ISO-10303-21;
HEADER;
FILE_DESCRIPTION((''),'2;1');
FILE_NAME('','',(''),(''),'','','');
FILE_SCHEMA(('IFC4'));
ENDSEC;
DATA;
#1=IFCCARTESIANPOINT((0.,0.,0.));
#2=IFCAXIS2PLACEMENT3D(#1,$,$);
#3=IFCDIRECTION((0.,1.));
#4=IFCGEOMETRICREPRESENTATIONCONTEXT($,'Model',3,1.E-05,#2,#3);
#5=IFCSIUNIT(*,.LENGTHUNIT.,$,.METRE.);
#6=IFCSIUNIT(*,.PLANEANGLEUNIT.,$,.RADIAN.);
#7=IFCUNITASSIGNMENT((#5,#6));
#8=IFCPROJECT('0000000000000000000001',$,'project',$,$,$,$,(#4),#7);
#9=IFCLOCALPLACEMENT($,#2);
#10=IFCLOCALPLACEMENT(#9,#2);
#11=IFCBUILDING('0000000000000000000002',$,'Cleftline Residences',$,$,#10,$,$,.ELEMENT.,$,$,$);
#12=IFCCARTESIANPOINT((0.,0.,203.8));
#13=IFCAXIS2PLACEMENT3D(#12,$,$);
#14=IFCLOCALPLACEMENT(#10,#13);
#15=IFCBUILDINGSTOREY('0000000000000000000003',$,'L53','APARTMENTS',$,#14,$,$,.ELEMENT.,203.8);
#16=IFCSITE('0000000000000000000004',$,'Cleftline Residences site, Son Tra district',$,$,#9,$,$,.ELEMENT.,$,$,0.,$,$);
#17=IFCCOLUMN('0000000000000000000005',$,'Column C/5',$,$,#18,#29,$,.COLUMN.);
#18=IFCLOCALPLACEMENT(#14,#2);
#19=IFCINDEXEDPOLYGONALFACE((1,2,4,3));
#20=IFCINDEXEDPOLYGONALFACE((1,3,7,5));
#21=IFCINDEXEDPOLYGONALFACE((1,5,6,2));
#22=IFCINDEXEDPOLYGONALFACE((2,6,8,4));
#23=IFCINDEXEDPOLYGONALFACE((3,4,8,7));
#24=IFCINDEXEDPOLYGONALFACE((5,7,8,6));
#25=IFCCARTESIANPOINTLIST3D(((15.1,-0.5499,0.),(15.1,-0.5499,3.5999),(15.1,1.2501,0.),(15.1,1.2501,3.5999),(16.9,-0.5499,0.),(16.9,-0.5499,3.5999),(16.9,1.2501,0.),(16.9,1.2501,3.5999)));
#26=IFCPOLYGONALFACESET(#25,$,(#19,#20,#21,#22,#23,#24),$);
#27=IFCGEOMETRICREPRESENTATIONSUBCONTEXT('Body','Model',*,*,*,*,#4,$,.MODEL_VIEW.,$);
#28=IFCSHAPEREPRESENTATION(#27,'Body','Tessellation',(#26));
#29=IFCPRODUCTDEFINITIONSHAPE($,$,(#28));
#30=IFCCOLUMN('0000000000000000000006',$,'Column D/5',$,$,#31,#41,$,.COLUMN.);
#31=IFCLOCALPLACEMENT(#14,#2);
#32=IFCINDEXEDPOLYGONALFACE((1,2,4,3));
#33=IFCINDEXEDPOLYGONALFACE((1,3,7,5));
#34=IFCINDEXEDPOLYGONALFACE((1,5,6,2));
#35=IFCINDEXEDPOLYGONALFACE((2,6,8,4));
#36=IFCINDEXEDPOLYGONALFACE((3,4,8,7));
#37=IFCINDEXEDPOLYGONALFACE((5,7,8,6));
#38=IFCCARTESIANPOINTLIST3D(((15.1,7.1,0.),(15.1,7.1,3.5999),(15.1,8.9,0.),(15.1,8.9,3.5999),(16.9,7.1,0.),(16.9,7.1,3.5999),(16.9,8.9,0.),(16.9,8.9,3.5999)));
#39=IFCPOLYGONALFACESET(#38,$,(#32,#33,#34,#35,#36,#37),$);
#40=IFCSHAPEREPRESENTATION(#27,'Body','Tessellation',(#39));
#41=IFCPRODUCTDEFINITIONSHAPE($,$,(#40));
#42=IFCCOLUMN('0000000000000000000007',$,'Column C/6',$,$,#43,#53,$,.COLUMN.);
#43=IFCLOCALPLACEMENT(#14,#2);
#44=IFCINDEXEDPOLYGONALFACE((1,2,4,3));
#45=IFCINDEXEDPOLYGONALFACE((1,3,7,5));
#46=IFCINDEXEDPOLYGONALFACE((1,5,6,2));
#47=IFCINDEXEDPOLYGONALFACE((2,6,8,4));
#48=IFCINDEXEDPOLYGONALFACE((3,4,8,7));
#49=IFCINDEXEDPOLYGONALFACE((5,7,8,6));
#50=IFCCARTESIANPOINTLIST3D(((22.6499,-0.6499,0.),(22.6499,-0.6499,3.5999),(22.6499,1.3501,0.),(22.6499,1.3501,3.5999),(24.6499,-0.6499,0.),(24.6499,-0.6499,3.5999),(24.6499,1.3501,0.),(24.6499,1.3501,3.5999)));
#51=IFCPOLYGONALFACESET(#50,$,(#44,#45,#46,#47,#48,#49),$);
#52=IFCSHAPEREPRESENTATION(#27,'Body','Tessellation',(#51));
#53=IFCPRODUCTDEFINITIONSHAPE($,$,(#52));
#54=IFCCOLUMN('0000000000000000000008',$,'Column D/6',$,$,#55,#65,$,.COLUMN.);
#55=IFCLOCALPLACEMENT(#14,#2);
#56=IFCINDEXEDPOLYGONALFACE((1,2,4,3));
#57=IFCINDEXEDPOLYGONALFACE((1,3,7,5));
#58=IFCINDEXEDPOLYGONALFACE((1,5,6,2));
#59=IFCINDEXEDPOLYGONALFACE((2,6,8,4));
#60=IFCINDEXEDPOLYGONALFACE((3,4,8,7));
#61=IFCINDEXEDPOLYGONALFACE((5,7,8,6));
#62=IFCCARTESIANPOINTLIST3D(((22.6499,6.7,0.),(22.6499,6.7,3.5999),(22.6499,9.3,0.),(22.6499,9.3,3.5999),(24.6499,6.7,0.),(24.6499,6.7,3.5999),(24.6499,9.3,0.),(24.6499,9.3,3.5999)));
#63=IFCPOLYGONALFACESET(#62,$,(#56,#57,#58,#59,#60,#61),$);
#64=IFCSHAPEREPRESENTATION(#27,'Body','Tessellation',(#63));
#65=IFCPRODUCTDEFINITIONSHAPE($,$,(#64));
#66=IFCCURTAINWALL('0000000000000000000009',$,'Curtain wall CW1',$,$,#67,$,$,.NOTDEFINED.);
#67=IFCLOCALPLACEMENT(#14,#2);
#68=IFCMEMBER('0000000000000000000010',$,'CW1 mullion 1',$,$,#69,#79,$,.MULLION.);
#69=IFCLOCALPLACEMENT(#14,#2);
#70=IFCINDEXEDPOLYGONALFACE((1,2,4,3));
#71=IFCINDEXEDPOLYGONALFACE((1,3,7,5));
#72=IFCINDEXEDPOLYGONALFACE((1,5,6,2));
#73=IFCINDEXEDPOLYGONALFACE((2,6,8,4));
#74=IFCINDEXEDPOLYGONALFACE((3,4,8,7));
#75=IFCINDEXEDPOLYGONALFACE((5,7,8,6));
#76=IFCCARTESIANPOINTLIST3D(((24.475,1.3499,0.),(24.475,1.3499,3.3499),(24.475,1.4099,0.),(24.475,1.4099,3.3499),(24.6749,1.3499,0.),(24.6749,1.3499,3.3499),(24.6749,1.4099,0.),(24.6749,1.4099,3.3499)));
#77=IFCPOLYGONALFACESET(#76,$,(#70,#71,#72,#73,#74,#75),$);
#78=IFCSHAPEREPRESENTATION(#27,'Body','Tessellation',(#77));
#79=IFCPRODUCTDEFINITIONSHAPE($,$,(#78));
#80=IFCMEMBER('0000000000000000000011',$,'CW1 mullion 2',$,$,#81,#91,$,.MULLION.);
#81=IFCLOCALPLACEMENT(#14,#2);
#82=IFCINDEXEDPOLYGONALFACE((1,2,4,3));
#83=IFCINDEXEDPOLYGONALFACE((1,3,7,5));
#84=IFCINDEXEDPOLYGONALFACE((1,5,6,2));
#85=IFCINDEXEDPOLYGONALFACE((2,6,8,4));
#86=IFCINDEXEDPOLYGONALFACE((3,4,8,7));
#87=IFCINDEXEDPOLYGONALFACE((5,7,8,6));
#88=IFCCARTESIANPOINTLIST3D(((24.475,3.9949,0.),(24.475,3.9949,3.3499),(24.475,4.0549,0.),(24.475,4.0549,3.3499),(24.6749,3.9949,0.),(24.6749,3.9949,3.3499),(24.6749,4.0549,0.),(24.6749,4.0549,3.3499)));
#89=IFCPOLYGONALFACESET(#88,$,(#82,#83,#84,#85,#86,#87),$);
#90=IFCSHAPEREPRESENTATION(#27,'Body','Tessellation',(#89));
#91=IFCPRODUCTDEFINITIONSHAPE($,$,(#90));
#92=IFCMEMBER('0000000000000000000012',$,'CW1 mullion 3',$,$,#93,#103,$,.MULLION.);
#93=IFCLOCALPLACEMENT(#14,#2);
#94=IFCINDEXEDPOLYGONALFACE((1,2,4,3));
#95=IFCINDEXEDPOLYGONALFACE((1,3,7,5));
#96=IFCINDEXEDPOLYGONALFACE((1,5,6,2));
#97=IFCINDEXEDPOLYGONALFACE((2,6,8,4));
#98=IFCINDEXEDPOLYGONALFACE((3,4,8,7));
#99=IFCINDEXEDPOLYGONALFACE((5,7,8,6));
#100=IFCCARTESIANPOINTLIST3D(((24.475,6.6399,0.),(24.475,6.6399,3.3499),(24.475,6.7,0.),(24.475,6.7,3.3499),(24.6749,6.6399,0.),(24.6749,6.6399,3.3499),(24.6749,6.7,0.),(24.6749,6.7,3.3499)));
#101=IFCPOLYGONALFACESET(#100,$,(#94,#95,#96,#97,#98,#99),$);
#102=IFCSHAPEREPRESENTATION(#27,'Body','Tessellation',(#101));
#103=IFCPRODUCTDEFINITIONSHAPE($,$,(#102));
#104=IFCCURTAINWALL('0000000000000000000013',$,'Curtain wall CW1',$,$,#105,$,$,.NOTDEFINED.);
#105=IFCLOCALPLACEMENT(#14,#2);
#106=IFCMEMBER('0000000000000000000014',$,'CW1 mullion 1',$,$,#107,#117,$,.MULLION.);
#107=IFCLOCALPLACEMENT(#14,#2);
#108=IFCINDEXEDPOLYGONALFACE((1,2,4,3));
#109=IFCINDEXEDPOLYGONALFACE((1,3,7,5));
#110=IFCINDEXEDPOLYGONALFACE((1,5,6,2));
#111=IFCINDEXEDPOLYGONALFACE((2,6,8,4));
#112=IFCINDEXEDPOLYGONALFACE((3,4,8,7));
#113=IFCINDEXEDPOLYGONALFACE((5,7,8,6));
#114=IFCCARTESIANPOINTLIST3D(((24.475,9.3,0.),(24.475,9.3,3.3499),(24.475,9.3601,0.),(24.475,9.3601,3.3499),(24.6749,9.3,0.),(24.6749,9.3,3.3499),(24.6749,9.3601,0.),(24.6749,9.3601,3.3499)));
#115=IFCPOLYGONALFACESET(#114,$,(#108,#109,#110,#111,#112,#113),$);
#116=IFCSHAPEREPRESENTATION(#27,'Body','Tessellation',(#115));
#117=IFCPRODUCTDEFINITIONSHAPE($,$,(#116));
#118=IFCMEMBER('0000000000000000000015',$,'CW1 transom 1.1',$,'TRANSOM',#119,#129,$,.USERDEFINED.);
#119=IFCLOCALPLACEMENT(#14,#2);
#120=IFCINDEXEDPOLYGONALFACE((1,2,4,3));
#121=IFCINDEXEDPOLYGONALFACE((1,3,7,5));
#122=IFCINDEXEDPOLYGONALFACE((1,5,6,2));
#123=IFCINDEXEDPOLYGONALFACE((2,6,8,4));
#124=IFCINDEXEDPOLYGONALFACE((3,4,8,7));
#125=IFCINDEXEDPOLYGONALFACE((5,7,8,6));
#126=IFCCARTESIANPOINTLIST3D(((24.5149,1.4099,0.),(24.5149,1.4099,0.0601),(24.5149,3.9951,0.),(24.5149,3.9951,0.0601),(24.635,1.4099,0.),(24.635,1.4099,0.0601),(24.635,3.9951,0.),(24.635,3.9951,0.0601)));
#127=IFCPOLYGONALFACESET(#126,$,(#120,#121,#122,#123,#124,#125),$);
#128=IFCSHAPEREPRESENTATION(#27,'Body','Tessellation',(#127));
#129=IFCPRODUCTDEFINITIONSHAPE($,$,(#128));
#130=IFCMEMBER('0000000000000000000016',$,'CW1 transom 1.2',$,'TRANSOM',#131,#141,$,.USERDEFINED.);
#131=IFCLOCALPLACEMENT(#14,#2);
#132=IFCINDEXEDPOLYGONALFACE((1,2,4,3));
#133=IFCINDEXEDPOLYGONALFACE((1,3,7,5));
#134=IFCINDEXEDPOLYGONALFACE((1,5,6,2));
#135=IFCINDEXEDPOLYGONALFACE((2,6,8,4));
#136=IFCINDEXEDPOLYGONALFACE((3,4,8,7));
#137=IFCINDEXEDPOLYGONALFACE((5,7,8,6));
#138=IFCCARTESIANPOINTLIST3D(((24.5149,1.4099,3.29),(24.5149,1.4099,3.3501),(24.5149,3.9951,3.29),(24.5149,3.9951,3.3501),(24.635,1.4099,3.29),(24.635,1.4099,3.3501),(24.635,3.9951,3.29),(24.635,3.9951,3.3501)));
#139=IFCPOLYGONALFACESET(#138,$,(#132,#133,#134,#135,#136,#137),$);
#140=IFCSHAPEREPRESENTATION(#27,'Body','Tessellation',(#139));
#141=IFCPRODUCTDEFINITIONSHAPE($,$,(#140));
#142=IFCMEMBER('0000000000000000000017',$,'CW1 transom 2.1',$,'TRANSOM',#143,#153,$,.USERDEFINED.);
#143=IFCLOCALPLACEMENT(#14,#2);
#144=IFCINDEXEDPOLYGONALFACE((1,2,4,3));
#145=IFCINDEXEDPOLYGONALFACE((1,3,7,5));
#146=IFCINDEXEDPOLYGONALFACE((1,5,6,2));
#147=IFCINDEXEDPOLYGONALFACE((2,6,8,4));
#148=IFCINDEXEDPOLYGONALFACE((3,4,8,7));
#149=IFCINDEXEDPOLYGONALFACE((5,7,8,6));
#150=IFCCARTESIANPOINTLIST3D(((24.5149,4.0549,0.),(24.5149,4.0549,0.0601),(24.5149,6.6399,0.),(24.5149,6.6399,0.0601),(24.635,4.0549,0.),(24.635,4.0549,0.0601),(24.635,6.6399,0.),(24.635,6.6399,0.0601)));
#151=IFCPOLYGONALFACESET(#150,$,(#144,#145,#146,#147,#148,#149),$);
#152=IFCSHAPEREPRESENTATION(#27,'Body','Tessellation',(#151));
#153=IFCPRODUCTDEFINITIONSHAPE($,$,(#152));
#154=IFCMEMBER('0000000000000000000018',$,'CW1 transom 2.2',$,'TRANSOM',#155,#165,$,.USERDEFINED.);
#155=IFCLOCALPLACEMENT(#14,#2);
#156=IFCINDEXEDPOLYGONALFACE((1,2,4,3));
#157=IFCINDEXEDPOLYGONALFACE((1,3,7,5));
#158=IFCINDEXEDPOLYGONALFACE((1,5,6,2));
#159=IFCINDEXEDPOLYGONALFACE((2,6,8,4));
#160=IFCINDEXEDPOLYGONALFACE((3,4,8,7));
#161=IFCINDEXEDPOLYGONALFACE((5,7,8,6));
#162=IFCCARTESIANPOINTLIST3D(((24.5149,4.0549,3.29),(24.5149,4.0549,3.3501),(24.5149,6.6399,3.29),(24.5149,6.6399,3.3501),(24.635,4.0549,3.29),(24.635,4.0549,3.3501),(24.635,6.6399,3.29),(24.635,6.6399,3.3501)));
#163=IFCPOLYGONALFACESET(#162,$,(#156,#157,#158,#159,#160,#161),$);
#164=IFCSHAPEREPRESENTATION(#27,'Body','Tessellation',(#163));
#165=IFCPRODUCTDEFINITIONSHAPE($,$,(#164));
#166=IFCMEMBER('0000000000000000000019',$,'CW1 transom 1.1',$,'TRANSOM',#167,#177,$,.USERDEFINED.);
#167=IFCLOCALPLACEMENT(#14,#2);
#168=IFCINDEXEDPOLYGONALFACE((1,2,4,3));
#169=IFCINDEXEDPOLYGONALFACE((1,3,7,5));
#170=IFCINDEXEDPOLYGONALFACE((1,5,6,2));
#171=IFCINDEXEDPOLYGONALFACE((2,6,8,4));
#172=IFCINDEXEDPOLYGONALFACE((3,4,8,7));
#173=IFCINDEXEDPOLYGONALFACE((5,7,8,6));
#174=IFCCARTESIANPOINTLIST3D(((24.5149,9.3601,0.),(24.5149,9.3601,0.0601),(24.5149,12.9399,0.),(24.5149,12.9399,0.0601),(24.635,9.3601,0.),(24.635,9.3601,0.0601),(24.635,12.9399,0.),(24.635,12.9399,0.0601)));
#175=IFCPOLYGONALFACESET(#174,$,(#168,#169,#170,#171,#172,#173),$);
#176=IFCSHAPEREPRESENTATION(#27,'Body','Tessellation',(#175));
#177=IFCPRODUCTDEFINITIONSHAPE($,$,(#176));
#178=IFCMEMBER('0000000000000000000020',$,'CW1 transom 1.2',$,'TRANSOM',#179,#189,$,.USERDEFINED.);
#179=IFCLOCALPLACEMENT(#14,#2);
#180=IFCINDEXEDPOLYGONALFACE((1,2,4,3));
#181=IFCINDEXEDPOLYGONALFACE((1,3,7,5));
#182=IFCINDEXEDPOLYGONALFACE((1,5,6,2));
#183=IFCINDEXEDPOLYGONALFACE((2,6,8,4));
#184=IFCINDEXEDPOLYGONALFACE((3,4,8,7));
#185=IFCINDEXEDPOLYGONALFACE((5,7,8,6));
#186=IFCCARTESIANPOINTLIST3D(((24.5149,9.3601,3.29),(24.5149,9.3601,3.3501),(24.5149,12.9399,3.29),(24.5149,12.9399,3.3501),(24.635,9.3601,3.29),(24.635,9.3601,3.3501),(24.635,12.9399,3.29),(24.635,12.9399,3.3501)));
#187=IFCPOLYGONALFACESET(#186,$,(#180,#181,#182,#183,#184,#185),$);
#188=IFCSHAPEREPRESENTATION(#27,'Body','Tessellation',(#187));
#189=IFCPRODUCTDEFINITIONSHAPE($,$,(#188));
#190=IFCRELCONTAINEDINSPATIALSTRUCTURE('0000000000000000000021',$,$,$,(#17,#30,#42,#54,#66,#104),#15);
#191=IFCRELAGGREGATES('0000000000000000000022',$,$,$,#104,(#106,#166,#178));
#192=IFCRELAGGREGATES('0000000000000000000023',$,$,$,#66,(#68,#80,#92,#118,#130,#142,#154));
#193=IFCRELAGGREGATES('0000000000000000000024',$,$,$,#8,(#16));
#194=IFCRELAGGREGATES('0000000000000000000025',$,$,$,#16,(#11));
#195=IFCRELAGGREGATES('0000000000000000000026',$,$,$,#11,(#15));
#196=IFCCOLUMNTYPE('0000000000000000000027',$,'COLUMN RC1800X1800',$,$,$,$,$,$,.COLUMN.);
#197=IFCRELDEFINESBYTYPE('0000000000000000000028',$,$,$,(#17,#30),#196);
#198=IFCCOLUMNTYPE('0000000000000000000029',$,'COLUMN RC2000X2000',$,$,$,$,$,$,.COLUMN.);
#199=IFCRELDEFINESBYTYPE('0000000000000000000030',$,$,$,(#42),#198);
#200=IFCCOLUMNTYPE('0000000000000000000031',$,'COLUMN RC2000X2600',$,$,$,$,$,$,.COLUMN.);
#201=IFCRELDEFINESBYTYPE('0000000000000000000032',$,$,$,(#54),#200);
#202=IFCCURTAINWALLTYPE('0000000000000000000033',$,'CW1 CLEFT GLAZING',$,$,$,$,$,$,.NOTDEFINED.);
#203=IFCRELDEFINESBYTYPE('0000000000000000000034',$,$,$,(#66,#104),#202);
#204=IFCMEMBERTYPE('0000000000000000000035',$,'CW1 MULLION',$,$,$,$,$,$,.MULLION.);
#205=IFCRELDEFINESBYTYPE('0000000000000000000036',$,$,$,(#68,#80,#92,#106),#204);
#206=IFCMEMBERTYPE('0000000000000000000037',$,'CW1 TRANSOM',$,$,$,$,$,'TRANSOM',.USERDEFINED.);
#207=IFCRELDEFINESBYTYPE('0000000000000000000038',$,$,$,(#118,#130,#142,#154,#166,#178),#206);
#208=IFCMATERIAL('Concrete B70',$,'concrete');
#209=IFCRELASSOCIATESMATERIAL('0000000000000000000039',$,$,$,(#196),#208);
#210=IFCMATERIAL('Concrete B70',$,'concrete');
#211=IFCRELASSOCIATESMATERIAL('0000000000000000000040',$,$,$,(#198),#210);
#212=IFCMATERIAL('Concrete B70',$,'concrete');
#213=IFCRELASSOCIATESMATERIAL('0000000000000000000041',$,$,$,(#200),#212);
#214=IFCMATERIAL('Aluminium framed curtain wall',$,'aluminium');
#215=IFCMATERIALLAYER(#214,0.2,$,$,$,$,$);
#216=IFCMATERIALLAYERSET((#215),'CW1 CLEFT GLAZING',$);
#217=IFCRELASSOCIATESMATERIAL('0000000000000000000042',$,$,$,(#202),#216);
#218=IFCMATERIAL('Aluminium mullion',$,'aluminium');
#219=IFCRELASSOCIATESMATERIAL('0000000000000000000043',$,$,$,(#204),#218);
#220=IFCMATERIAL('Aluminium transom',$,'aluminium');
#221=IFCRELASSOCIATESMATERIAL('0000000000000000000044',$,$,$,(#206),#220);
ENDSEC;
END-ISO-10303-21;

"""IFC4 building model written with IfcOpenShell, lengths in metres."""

from ifc_helpers import new_model, si_unit, direction, frame, origin, origin_2d, place, context, subcontext, project, spatial, rectangle, extrude, material, layer, layer_set, material_profile, profile_set, type_object, element, aggregate, save


model = new_model("IFC4")

# Units and contexts
model_context = context("Model", 3, precision=1e-05, world=origin(), true_north=direction((0.0, 1.0)))
body_context = subcontext(model_context, "Body", "Model", "MODEL_VIEW")
ifc_project = project(units=[si_unit("LENGTHUNIT", "METRE"), si_unit("PLANEANGLEUNIT", "RADIAN")], contexts=[model_context])

# Site, building, storey
site_placement = place(None, origin())
site = spatial("IfcSite", under=ifc_project, at=site_placement, Name="Cleftline Residences site, Son Tra district", CompositionType="ELEMENT", RefElevation=0.0)
building_placement = place(site_placement, origin())
building = spatial("IfcBuilding", under=site, at=building_placement, Name="Cleftline Residences", CompositionType="ELEMENT")
storey_placement = place(building_placement, frame((0.0, 0.0, 203.8)))
storey = spatial("IfcBuildingStorey", under=building, at=storey_placement, Name="L53", Description="APARTMENTS", CompositionType="ELEMENT", Elevation=203.8)

# Columns
ifc_material_1 = material(Name="Concrete B70", Category="concrete")
ifc_material_profile_1 = material_profile(ifc_material_1, rectangle(XDim=1.8, YDim=1.8, at=origin_2d()))
ifc_profile_set_1 = profile_set([ifc_material_profile_1], Name="Concrete B70")
column_type_1 = type_object("IfcColumnType", Name="COLUMN RC1800X1800", PredefinedType="COLUMN", material=ifc_profile_set_1)
for number, where, z_axis, x_axis, name in (
    (1, (16.0, 0.3501, 0.0), (0.0, 0.0, 1.0), (1.0, 0.0, 0.0), "Column C/5"),
    (2, (16.0, 8.0, 0.0), (0.0, 0.0, 1.0), (1.0, 0.0, 0.0), "Column D/5"),
):
    element("IfcColumn", number, at=place(storey_placement, frame(where, z_axis=z_axis, x_axis=x_axis)), inside=storey, type_object=column_type_1, Name=name, PredefinedType="COLUMN", context=body_context, shape_type="SweptSolid", body=[
        extrude(rectangle(XDim=1.8, YDim=1.8, at=origin_2d()), origin(), (0.0, 0.0, 1.0), 3.5999),
    ])
ifc_material_2 = material(Name="Concrete B70", Category="concrete")
ifc_material_profile_2 = material_profile(ifc_material_2, rectangle(XDim=2.0, YDim=2.0, at=origin_2d()))
ifc_profile_set_2 = profile_set([ifc_material_profile_2], Name="Concrete B70")
column_type_2 = type_object("IfcColumnType", Name="COLUMN RC2000X2000", PredefinedType="COLUMN", material=ifc_profile_set_2)
column_1_placement = place(storey_placement, frame((23.6499, 0.3501, 0.0), z_axis=(0.0, 0.0, 1.0), x_axis=(1.0, 0.0, 0.0)))
element("IfcColumn", 3, at=column_1_placement, inside=storey, type_object=column_type_2, Name="Column C/6", PredefinedType="COLUMN", context=body_context, shape_type="SweptSolid", body=[
    extrude(rectangle(XDim=2.0, YDim=2.0, at=origin_2d()), origin(), (0.0, 0.0, 1.0), 3.5999),
])
ifc_material_3 = material(Name="Concrete B70", Category="concrete")
ifc_material_profile_3 = material_profile(ifc_material_3, rectangle(XDim=2.0, YDim=2.6001, at=origin_2d()))
ifc_profile_set_3 = profile_set([ifc_material_profile_3], Name="Concrete B70")
column_type_3 = type_object("IfcColumnType", Name="COLUMN RC2000X2600", PredefinedType="COLUMN", material=ifc_profile_set_3)
column_2_placement = place(storey_placement, frame((23.6499, 8.0, 0.0), z_axis=(0.0, 0.0, 1.0), x_axis=(1.0, 0.0, 0.0)))
element("IfcColumn", 4, at=column_2_placement, inside=storey, type_object=column_type_3, Name="Column D/6", PredefinedType="COLUMN", context=body_context, shape_type="SweptSolid", body=[
    extrude(rectangle(XDim=2.0, YDim=2.6001, at=origin_2d()), origin(), (0.0, 0.0, 1.0), 3.5999),
])

# Curtain wall, members
ifc_material_4 = material(Name="Aluminium framed curtain wall", Category="aluminium")
ifc_layer_1 = layer(ifc_material_4, 0.2)
ifc_layer_set_1 = layer_set([ifc_layer_1], Name="CW1 CLEFT GLAZING")
curtain_wall_type = type_object("IfcCurtainWallType", Name="CW1 CLEFT GLAZING", PredefinedType="NOTDEFINED", material=ifc_layer_set_1)
curtain_wall_1_placement = place(storey_placement, origin())
curtain_wall_1 = element("IfcCurtainWall", 5, at=curtain_wall_1_placement, inside=storey, type_object=curtain_wall_type, Name="Curtain wall CW1", PredefinedType="NOTDEFINED")
ifc_material_5 = material(Name="Aluminium mullion", Category="aluminium")
ifc_material_profile_4 = material_profile(ifc_material_5, rectangle(XDim=0.2, YDim=0.0601, at=origin_2d()))
ifc_profile_set_4 = profile_set([ifc_material_profile_4], Name="Aluminium mullion")
member_type_1 = type_object("IfcMemberType", Name="CW1 MULLION", PredefinedType="MULLION", material=ifc_profile_set_4)
member_1_placement = place(storey_placement, frame((24.575, 1.3799, 0.0), z_axis=(0.0, 0.0, 1.0), x_axis=(-1.0, 0.0, 0.0)))
member_1 = element("IfcMember", 6, at=member_1_placement, type_object=member_type_1, Name="CW1 mullion 1", PredefinedType="MULLION", context=body_context, shape_type="SweptSolid", body=[
    extrude(rectangle(XDim=0.2, YDim=0.0601, at=origin_2d()), origin(), (0.0, 0.0, 1.0), 3.3499),
])
member_2_placement = place(storey_placement, frame((24.575, 4.0249, 0.0), z_axis=(0.0, 0.0, 1.0), x_axis=(-1.0, 0.0, 0.0)))
member_2 = element("IfcMember", 7, at=member_2_placement, type_object=member_type_1, Name="CW1 mullion 2", PredefinedType="MULLION", context=body_context, shape_type="SweptSolid", body=[
    extrude(rectangle(XDim=0.2, YDim=0.0601, at=origin_2d()), origin(), (0.0, 0.0, 1.0), 3.3499),
])
member_3_placement = place(storey_placement, frame((24.575, 6.6699, 0.0), z_axis=(0.0, 0.0, 1.0), x_axis=(-1.0, 0.0, 0.0)))
member_3 = element("IfcMember", 8, at=member_3_placement, type_object=member_type_1, Name="CW1 mullion 3", PredefinedType="MULLION", context=body_context, shape_type="SweptSolid", body=[
    extrude(rectangle(XDim=0.2, YDim=0.0601, at=origin_2d()), origin(), (0.0, 0.0, 1.0), 3.3499),
])

# Curtain wall, member
curtain_wall_2_placement = place(storey_placement, origin())
curtain_wall_2 = element("IfcCurtainWall", 9, at=curtain_wall_2_placement, inside=storey, type_object=curtain_wall_type, Name="Curtain wall CW1", PredefinedType="NOTDEFINED")
member_4_placement = place(storey_placement, frame((24.575, 9.3301, 0.0), z_axis=(0.0, 0.0, 1.0), x_axis=(-1.0, 0.0, 0.0)))
member_4 = element("IfcMember", 10, at=member_4_placement, type_object=member_type_1, Name="CW1 mullion 1", PredefinedType="MULLION", context=body_context, shape_type="SweptSolid", body=[
    extrude(rectangle(XDim=0.2, YDim=0.0601, at=origin_2d()), origin(), (0.0, 0.0, 1.0), 3.3499),
])

# Members
ifc_material_6 = material(Name="Aluminium transom", Category="aluminium")
ifc_material_profile_5 = material_profile(ifc_material_6, rectangle(XDim=0.1201, YDim=0.0601, at=origin_2d()))
ifc_profile_set_5 = profile_set([ifc_material_profile_5], Name="Aluminium transom")
member_type_2 = type_object("IfcMemberType", Name="CW1 TRANSOM", ElementType="TRANSOM", PredefinedType="USERDEFINED", material=ifc_profile_set_5)
member_5_placement = place(storey_placement, frame((24.575, 1.4099, 0.03), z_axis=(0.0, 1.0, 0.0), x_axis=(-1.0, 0.0, 0.0)))
member_5 = element("IfcMember", 11, at=member_5_placement, type_object=member_type_2, Name="CW1 transom 1.1", ObjectType="TRANSOM", PredefinedType="USERDEFINED", context=body_context, shape_type="SweptSolid", body=[
    extrude(rectangle(XDim=0.1201, YDim=0.0601, at=origin_2d()), origin(), (0.0, 0.0, 1.0), 2.5852),
])
member_6_placement = place(storey_placement, frame((24.575, 1.4099, 3.3201), z_axis=(0.0, 1.0, 0.0), x_axis=(-1.0, 0.0, 0.0)))
member_6 = element("IfcMember", 12, at=member_6_placement, type_object=member_type_2, Name="CW1 transom 1.2", ObjectType="TRANSOM", PredefinedType="USERDEFINED", context=body_context, shape_type="SweptSolid", body=[
    extrude(rectangle(XDim=0.1201, YDim=0.0601, at=origin_2d()), origin(), (0.0, 0.0, 1.0), 2.5852),
])
member_7_placement = place(storey_placement, frame((24.575, 4.0549, 0.03), z_axis=(0.0, 1.0, 0.0), x_axis=(-1.0, 0.0, 0.0)))
member_7 = element("IfcMember", 13, at=member_7_placement, type_object=member_type_2, Name="CW1 transom 2.1", ObjectType="TRANSOM", PredefinedType="USERDEFINED", context=body_context, shape_type="SweptSolid", body=[
    extrude(rectangle(XDim=0.1201, YDim=0.0601, at=origin_2d()), origin(), (0.0, 0.0, 1.0), 2.585),
])
member_8_placement = place(storey_placement, frame((24.575, 4.0549, 3.3201), z_axis=(0.0, 1.0, 0.0), x_axis=(-1.0, 0.0, 0.0)))
member_8 = element("IfcMember", 14, at=member_8_placement, type_object=member_type_2, Name="CW1 transom 2.2", ObjectType="TRANSOM", PredefinedType="USERDEFINED", context=body_context, shape_type="SweptSolid", body=[
    extrude(rectangle(XDim=0.1201, YDim=0.0601, at=origin_2d()), origin(), (0.0, 0.0, 1.0), 2.585),
])
member_9_placement = place(storey_placement, frame((24.575, 9.3601, 0.03), z_axis=(0.0, 1.0, 0.0), x_axis=(-1.0, 0.0, 0.0)))
member_9 = element("IfcMember", 15, at=member_9_placement, type_object=member_type_2, Name="CW1 transom 1.1", ObjectType="TRANSOM", PredefinedType="USERDEFINED", context=body_context, shape_type="SweptSolid", body=[
    extrude(rectangle(XDim=0.1201, YDim=0.0601, at=origin_2d()), origin(), (0.0, 0.0, 1.0), 3.5798),
])
member_10_placement = place(storey_placement, frame((24.575, 9.3601, 3.3201), z_axis=(0.0, 1.0, 0.0), x_axis=(-1.0, 0.0, 0.0)))
member_10 = element("IfcMember", 16, at=member_10_placement, type_object=member_type_2, Name="CW1 transom 1.2", ObjectType="TRANSOM", PredefinedType="USERDEFINED", context=body_context, shape_type="SweptSolid", body=[
    extrude(rectangle(XDim=0.1201, YDim=0.0601, at=origin_2d()), origin(), (0.0, 0.0, 1.0), 3.5798),
])
aggregate(curtain_wall_2, [member_4, member_9, member_10])

aggregate(curtain_wall_1, [member_1, member_2, member_3, member_5, member_6, member_7, member_8])

save(model, "model.ifc")
